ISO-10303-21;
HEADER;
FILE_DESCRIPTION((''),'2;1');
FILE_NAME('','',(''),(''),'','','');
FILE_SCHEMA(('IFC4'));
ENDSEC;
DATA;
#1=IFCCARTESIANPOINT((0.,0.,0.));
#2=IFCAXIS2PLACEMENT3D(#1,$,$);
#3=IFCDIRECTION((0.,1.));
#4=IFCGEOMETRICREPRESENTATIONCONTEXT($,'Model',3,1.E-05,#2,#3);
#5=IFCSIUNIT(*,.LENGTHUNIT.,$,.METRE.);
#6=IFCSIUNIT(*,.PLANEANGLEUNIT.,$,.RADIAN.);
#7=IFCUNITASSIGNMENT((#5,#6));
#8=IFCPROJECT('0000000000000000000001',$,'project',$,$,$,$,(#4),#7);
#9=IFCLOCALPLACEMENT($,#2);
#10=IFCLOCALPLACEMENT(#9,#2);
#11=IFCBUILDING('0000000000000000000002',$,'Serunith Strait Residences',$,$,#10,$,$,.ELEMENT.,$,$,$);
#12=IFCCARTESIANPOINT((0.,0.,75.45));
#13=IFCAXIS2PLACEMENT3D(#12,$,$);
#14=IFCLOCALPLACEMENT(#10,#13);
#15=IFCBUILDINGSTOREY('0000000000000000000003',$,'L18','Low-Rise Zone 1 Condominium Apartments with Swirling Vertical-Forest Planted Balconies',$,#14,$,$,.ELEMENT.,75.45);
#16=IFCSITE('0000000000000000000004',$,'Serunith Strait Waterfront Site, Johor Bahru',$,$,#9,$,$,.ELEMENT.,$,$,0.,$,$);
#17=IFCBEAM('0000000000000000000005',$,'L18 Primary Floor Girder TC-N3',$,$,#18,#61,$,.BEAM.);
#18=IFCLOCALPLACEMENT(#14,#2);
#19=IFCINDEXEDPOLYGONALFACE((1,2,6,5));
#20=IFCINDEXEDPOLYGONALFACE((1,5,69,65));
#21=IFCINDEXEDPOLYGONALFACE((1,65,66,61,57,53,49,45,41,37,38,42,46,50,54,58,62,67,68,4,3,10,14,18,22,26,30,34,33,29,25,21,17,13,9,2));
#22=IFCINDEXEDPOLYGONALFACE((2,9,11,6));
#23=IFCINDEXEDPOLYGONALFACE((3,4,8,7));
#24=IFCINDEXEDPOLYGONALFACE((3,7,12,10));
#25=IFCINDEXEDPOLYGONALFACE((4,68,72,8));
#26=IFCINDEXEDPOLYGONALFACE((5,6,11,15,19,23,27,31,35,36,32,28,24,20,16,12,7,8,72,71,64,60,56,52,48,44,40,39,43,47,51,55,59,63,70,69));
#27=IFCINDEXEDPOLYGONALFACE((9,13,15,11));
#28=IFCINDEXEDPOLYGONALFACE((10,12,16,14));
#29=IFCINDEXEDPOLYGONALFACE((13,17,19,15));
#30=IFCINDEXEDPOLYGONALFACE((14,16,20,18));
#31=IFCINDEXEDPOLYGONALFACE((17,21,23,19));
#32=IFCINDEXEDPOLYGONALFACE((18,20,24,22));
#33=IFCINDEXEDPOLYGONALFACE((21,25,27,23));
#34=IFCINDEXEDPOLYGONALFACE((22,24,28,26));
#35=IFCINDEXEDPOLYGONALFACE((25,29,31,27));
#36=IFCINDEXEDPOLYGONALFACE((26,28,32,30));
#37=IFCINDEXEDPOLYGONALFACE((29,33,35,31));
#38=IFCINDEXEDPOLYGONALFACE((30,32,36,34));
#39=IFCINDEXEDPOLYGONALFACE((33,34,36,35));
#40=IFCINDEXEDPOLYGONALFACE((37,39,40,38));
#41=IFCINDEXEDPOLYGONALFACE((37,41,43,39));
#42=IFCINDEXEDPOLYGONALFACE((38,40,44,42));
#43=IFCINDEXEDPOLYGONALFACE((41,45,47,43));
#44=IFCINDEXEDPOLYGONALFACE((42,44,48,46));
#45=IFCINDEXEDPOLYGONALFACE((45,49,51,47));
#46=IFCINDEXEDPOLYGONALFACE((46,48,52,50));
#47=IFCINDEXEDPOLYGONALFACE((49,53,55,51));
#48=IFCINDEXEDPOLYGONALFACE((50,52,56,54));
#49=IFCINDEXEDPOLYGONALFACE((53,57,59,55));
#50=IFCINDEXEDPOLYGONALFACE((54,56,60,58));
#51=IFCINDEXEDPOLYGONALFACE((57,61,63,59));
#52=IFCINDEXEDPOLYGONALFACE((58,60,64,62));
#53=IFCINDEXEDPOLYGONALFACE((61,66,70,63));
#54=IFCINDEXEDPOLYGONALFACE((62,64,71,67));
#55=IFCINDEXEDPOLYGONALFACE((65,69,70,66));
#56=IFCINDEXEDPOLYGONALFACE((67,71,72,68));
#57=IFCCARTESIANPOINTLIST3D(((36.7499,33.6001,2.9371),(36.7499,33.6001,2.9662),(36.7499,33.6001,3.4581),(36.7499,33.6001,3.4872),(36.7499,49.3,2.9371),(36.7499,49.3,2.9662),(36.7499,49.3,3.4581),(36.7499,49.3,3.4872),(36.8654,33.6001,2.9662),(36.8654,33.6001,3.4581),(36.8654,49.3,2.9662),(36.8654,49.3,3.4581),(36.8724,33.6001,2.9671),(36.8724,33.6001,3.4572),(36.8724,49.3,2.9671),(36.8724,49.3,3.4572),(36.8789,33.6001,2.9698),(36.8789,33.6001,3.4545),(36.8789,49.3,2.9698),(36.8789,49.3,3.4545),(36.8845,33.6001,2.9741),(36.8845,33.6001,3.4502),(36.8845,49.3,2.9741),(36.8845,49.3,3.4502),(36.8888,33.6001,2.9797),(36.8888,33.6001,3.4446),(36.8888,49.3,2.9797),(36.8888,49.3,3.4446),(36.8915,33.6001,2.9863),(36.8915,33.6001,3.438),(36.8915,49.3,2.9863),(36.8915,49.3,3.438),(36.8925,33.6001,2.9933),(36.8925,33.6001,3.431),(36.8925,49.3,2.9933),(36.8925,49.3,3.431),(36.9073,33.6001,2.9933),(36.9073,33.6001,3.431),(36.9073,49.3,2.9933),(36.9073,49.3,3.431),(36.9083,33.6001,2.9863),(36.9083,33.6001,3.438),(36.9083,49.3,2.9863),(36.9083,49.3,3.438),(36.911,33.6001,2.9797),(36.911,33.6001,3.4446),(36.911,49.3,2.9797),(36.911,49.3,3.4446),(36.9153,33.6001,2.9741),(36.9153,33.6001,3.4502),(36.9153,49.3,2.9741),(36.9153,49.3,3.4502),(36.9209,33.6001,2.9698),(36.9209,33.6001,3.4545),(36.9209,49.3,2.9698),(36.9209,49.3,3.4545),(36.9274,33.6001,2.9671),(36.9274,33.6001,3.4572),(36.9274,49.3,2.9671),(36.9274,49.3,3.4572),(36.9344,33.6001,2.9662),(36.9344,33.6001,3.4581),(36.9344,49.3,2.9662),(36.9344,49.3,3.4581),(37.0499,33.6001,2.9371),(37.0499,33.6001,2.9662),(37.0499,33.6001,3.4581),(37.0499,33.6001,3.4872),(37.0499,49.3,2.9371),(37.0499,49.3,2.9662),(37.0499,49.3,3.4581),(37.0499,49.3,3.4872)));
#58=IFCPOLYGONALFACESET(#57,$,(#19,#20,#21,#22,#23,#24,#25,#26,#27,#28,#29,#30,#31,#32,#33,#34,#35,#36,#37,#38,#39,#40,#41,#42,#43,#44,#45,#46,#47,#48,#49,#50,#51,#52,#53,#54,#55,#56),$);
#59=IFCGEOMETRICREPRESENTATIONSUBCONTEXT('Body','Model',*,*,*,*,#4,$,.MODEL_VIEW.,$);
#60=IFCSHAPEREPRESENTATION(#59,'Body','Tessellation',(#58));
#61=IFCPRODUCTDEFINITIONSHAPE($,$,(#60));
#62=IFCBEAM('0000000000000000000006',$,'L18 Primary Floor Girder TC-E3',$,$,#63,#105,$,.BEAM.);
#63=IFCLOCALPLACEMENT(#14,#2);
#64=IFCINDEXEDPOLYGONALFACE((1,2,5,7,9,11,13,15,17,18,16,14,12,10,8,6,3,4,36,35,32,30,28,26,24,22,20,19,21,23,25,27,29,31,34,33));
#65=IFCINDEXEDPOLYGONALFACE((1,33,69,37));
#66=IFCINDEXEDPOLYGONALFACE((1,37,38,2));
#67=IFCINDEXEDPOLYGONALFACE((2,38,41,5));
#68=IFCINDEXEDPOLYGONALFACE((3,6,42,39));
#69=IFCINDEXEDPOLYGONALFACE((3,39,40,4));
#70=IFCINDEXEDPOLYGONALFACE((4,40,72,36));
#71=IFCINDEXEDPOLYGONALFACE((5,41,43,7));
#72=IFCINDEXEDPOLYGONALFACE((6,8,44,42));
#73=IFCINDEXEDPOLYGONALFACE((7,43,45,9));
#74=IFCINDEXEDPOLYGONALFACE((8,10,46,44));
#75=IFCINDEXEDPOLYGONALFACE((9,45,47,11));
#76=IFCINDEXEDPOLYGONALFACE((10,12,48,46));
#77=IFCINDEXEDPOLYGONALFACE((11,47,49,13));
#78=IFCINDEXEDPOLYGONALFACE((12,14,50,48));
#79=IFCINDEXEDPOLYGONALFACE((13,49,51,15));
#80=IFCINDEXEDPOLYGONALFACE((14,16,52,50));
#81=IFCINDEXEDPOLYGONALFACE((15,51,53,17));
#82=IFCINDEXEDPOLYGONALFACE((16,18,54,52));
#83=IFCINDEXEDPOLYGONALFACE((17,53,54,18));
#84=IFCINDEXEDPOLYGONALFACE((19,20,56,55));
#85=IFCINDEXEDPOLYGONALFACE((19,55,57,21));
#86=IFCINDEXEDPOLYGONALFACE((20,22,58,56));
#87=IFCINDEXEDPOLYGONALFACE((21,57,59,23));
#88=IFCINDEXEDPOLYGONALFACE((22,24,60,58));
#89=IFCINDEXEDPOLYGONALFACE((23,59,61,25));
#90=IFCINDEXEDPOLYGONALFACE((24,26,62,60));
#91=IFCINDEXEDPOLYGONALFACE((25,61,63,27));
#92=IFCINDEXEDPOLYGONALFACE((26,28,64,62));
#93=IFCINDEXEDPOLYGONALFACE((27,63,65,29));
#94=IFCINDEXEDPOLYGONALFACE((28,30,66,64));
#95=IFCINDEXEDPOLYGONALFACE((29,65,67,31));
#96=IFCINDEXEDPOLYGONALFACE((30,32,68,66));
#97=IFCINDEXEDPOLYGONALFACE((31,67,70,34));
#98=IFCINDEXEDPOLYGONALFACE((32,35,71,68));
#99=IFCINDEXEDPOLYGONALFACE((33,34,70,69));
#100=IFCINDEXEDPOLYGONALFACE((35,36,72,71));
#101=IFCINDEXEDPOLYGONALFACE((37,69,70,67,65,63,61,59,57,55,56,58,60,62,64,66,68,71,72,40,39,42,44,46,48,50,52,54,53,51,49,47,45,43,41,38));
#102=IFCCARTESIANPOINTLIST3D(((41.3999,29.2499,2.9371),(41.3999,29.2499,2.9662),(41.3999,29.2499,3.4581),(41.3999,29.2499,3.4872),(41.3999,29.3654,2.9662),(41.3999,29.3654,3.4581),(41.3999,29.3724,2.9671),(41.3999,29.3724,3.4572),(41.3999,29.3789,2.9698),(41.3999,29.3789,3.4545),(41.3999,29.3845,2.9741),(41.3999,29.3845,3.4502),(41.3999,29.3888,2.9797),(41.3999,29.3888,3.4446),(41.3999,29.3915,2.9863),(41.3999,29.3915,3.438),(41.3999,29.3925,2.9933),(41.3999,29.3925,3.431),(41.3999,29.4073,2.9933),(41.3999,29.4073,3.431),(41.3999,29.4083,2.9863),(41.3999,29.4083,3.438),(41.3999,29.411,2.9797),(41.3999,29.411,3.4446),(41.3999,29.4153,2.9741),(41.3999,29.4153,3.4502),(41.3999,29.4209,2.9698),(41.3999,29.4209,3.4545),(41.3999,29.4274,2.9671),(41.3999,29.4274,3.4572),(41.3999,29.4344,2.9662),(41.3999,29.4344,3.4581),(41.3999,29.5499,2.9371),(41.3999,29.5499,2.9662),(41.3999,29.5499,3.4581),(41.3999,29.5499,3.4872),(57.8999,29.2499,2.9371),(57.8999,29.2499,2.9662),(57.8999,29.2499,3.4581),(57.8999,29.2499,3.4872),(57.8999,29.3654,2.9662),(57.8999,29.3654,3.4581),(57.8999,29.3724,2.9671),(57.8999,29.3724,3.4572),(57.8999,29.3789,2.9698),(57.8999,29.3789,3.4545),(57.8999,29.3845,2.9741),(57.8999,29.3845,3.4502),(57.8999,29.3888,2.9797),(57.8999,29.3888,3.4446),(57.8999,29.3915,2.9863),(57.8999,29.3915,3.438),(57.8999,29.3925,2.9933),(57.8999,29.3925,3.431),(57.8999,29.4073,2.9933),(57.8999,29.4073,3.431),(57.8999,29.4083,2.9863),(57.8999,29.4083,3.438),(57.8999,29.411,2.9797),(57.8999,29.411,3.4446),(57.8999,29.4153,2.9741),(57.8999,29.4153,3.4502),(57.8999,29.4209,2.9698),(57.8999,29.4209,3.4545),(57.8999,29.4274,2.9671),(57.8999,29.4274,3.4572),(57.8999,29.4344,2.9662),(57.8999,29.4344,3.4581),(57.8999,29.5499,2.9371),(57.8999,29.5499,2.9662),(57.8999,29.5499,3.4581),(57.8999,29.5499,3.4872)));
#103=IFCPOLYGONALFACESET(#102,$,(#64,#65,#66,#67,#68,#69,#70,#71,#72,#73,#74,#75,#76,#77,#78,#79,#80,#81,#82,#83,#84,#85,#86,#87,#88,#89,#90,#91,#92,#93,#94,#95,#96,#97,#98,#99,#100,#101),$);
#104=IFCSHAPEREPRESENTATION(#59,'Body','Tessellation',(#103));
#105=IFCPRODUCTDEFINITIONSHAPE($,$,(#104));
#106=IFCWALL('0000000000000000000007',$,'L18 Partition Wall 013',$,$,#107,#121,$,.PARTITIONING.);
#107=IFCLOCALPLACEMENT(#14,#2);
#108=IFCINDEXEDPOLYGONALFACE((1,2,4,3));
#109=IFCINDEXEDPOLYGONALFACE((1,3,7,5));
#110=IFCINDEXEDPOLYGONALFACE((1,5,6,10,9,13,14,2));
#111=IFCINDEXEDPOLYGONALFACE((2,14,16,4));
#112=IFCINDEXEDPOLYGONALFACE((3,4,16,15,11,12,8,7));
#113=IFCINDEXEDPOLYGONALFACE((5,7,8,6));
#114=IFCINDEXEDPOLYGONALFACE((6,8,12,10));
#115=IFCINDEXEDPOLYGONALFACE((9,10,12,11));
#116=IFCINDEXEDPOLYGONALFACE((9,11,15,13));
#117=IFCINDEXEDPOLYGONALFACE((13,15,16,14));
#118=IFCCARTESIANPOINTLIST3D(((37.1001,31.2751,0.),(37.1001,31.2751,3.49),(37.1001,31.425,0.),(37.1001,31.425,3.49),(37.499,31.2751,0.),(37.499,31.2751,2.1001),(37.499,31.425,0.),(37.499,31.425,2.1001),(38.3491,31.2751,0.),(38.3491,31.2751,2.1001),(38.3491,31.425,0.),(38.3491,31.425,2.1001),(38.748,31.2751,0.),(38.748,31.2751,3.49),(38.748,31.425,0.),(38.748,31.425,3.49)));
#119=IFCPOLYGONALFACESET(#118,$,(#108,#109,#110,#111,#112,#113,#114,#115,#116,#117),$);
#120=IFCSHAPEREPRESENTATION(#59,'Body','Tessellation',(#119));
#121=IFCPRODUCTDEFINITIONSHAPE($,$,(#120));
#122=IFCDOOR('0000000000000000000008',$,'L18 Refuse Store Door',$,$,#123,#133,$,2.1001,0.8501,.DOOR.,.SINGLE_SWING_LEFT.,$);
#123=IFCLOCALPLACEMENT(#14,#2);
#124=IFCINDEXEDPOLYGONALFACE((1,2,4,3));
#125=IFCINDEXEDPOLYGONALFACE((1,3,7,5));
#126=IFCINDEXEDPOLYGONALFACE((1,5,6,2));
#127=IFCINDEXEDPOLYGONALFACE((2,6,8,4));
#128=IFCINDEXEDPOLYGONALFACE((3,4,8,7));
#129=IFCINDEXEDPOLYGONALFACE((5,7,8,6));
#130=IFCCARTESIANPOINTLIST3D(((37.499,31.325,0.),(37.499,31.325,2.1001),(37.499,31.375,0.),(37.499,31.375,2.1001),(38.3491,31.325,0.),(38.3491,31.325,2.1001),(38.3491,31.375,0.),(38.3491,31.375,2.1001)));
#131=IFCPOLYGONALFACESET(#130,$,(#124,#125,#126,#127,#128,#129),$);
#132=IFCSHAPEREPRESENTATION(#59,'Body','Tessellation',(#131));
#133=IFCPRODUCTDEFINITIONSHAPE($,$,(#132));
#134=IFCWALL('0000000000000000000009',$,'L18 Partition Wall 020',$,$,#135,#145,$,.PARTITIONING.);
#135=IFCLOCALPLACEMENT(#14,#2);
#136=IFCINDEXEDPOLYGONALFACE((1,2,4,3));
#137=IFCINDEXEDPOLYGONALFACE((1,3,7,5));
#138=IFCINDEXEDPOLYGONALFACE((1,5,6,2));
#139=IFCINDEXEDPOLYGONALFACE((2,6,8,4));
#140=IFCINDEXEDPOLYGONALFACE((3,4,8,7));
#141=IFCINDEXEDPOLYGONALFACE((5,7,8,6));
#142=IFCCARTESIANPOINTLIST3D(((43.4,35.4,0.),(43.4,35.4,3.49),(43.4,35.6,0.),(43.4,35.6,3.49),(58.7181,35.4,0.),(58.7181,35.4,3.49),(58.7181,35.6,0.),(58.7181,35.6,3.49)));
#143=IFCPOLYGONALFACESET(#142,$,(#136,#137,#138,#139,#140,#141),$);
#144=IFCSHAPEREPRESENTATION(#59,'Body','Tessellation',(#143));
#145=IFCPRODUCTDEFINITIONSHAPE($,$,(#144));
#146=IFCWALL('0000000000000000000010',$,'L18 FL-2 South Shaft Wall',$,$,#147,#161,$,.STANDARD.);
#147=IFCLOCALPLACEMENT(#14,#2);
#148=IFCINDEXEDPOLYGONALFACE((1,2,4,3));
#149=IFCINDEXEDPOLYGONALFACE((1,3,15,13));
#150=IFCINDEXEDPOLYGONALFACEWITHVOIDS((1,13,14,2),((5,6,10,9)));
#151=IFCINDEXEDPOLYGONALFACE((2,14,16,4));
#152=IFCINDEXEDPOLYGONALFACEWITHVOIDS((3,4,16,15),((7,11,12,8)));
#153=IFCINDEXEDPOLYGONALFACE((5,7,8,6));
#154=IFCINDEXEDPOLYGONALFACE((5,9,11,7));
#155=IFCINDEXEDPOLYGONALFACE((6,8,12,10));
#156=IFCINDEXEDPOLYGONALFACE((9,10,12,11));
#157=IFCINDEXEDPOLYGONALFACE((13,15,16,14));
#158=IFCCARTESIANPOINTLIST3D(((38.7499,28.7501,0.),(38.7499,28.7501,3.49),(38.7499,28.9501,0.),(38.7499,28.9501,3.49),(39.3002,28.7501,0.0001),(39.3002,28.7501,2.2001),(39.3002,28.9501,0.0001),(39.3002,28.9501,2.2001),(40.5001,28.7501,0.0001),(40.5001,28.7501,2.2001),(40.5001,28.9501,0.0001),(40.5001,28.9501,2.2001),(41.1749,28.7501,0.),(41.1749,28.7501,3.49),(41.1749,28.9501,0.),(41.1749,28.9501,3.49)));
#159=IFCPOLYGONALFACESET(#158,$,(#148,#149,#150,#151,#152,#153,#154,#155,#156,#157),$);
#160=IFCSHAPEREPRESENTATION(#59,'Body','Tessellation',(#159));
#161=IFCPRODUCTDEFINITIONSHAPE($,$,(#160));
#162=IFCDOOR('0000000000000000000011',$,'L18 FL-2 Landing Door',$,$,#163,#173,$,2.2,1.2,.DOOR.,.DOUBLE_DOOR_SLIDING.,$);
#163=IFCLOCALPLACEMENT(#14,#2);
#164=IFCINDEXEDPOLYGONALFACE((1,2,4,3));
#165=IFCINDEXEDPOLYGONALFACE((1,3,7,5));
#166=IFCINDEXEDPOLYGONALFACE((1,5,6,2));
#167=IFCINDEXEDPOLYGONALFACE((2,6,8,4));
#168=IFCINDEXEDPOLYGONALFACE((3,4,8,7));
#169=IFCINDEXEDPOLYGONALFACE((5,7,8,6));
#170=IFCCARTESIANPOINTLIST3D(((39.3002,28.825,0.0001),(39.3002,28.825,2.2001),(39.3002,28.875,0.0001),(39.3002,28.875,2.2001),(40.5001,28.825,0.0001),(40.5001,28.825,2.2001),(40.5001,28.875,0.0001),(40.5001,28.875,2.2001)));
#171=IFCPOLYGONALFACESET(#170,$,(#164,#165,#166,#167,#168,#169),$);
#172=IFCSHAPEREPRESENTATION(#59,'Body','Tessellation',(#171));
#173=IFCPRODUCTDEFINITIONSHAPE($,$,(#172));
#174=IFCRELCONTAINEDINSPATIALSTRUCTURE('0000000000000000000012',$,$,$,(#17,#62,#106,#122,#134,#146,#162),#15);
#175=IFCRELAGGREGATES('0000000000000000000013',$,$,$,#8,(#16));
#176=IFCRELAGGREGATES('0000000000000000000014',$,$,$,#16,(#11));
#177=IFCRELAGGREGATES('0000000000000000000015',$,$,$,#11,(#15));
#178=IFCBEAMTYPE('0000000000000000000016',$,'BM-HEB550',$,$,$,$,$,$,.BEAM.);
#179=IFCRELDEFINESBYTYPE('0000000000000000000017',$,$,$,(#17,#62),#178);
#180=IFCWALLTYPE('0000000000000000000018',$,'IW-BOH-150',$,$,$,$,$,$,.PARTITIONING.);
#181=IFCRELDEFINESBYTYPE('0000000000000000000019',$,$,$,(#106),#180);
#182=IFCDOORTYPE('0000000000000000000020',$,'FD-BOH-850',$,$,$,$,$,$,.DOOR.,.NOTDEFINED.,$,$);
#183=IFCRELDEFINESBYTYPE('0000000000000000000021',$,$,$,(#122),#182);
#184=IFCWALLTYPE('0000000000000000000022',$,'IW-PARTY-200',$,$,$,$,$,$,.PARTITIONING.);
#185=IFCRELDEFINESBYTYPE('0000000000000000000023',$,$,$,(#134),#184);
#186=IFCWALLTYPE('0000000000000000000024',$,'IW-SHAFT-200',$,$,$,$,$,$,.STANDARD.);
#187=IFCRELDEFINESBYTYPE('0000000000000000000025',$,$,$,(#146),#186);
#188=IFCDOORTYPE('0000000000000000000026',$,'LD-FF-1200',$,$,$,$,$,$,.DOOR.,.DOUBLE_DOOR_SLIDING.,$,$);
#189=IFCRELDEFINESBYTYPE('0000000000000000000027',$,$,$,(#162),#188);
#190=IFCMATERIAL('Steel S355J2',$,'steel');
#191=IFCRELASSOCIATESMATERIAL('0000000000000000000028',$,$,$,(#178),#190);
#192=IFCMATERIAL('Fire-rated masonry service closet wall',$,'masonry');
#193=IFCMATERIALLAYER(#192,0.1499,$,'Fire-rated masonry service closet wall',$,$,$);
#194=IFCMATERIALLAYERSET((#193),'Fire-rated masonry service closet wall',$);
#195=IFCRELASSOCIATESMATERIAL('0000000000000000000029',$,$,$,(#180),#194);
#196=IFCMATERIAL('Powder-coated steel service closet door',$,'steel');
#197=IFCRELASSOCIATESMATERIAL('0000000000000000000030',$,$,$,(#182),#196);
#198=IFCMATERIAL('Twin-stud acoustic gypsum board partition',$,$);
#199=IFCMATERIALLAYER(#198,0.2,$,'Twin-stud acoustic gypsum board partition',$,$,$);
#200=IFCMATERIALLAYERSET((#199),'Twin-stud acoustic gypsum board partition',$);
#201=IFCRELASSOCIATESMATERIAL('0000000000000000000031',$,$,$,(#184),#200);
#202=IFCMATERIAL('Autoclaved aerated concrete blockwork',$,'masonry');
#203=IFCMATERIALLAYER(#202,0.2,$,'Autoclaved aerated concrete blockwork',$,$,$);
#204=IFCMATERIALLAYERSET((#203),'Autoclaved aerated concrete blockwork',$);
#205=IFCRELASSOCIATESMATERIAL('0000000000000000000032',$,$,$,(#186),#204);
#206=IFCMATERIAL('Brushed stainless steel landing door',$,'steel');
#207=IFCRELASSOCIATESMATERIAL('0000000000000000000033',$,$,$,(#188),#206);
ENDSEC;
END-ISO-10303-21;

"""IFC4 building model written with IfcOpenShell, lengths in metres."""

from ifc_helpers import new_model, si_unit, direction, frame, frame_2d, origin, origin_2d, place, context, subcontext, project, spatial, rectangle, i_section, extrude, source, transform, mapped, material, layer, layer_set, material_profile, profile_set, type_object, element, fill, save


model = new_model("IFC4")

# Units and contexts
model_context = context("Model", 3, precision=1e-05, world=origin(), true_north=direction((0.0, 1.0)))
body_context = subcontext(model_context, "Body", "Model", "MODEL_VIEW")
ifc_project = project(units=[si_unit("LENGTHUNIT", "METRE"), si_unit("PLANEANGLEUNIT", "RADIAN")], contexts=[model_context])

# Site, building, storey
site_placement = place(None, origin())
site = spatial("IfcSite", under=ifc_project, at=site_placement, Name="Serunith Strait Waterfront Site, Johor Bahru", CompositionType="ELEMENT", RefElevation=0.0)
building_placement = place(site_placement, origin())
building = spatial("IfcBuilding", under=site, at=building_placement, Name="Serunith Strait Residences", CompositionType="ELEMENT")
storey_placement = place(building_placement, frame((0.0, 0.0, 75.45)))
storey = spatial("IfcBuildingStorey", under=building, at=storey_placement, Name="L18", Description="Low-Rise Zone 1 Condominium Apartments with Swirling Vertical-Forest Planted Balconies", CompositionType="ELEMENT", Elevation=75.45)

# Beams
ifc_material_1 = material(Name="Steel S355J2", Category="steel")
ifc_material_profile = material_profile(ifc_material_1, i_section(OverallWidth=0.3, OverallDepth=0.55, WebThickness=0.0149, FlangeThickness=0.0291, FilletRadius=0.0271, at=origin_2d()), Name="HEB 550")
ifc_profile_set = profile_set([ifc_material_profile], Name="Steel S355J2")
beam_type = type_object("IfcBeamType", Name="BM-HEB550", PredefinedType="BEAM", material=ifc_profile_set)
shared_shape_1 = source(origin(), body_context, "Body", "SweptSolid", [
    extrude(i_section(OverallWidth=0.3, OverallDepth=0.55, WebThickness=0.0149, FlangeThickness=0.0291, FilletRadius=0.0271, at=origin_2d()), origin(), (0.0, 0.0, 1.0), 15.7),
])
beam_1_placement = place(storey_placement, frame((36.8999, 33.6001, 3.2122), z_axis=(0.0, 1.0, 0.0), x_axis=(-1.0, 0.0, 0.0)))
element("IfcBeam", 1, at=beam_1_placement, inside=storey, type_object=beam_type, Name="L18 Primary Floor Girder TC-N3", PredefinedType="BEAM", context=body_context, shape_type="MappedRepresentation", body=[
    mapped(shared_shape_1, transform((0.0, 0.0, 0.0), scale=1.0)),
])
shared_shape_2 = source(origin(), body_context, "Body", "SweptSolid", [
    extrude(i_section(OverallWidth=0.3, OverallDepth=0.55, WebThickness=0.0149, FlangeThickness=0.0291, FilletRadius=0.0271, at=origin_2d()), origin(), (0.0, 0.0, 1.0), 16.5),
])
beam_2_placement = place(storey_placement, frame((41.3999, 29.3999, 3.2122), z_axis=(1.0, 0.0, 0.0), x_axis=(0.0, 1.0, 0.0)))
element("IfcBeam", 2, at=beam_2_placement, inside=storey, type_object=beam_type, Name="L18 Primary Floor Girder TC-E3", PredefinedType="BEAM", context=body_context, shape_type="MappedRepresentation", body=[
    mapped(shared_shape_2, transform((0.0, 0.0, 0.0), scale=1.0)),
])

# Wall, opening, door
ifc_material_2 = material(Name="Fire-rated masonry service closet wall", Category="masonry")
ifc_layer_1 = layer(ifc_material_2, 0.1499, Name="Fire-rated masonry service closet wall")
ifc_layer_set_1 = layer_set([ifc_layer_1], Name="Fire-rated masonry service closet wall")
wall_type_1 = type_object("IfcWallType", Name="IW-BOH-150", PredefinedType="PARTITIONING", material=ifc_layer_set_1)
wall_1_placement = place(storey_placement, frame((37.1001, 31.3501, 0.0), z_axis=(0.0, 0.0, 1.0), x_axis=(1.0, 0.0, 0.0)))
wall_1 = element("IfcWall", 3, at=wall_1_placement, inside=storey, type_object=wall_type_1, Name="L18 Partition Wall 013", PredefinedType="PARTITIONING", context=body_context, shape_type="SweptSolid", body=[
    extrude(rectangle(XDim=1.6479, YDim=0.1499, at=frame_2d((0.824, 0.0))), origin(), (0.0, 0.0, 1.0), 3.49),
])
opening_1_placement = place(wall_1_placement, frame((0.3989, 0.0, 0.0)))
opening_1 = element("IfcOpeningElement", 4, at=opening_1_placement, cuts=wall_1, PredefinedType="OPENING", context=body_context, shape_type="SweptSolid", body=[
    extrude(rectangle(XDim=0.8501, YDim=2.1001, at=frame_2d((0.425, 1.05))), frame((0.0, 0.085, 0.0), z_axis=(0.0, -1.0, 0.0), x_axis=(1.0, 0.0, 0.0)), (0.0, 0.0, 1.0), 0.1699),
])
ifc_material_3 = material(Name="Powder-coated steel service closet door", Category="steel")
door_type_1 = type_object("IfcDoorType", Name="FD-BOH-850", OperationType="NOTDEFINED", PredefinedType="DOOR", material=ifc_material_3)
shared_shape_3 = source(origin(), body_context, "Body", "SweptSolid", [
    extrude(rectangle(XDim=0.8501, YDim=2.1001, at=frame_2d((0.425, 1.05))), frame((0.0, 0.0249, 0.0), z_axis=(0.0, -1.0, 0.0), x_axis=(1.0, 0.0, 0.0)), (0.0, 0.0, 1.0), 0.05),
])
door_1_placement = place(opening_1_placement, origin())
door_1 = element("IfcDoor", 5, at=door_1_placement, inside=storey, type_object=door_type_1, Name="L18 Refuse Store Door", OperationType="SINGLE_SWING_LEFT", OverallHeight=2.1001, OverallWidth=0.8501, PredefinedType="DOOR", context=body_context, shape_type="MappedRepresentation", body=[
    mapped(shared_shape_3, transform((0.0, 0.0, 0.0), scale=1.0)),
])
fill(opening_1, door_1)

# Wall
ifc_material_4 = material(Name="Twin-stud acoustic gypsum board partition")
ifc_layer_2 = layer(ifc_material_4, 0.2, Name="Twin-stud acoustic gypsum board partition")
ifc_layer_set_2 = layer_set([ifc_layer_2], Name="Twin-stud acoustic gypsum board partition")
wall_type_2 = type_object("IfcWallType", Name="IW-PARTY-200", PredefinedType="PARTITIONING", material=ifc_layer_set_2)
wall_2_placement = place(storey_placement, frame((43.3999, 35.5, 0.0), z_axis=(0.0, 0.0, 1.0), x_axis=(1.0, 0.0, 0.0)))
element("IfcWall", 6, at=wall_2_placement, inside=storey, type_object=wall_type_2, Name="L18 Partition Wall 020", PredefinedType="PARTITIONING", context=body_context, shape_type="SweptSolid", body=[
    extrude(rectangle(XDim=15.3181, YDim=0.2, at=frame_2d((7.6592, 0.0))), origin(), (0.0, 0.0, 1.0), 3.49),
])

# Wall, opening, door
ifc_material_5 = material(Name="Autoclaved aerated concrete blockwork", Category="masonry")
ifc_layer_3 = layer(ifc_material_5, 0.2, Name="Autoclaved aerated concrete blockwork")
ifc_layer_set_3 = layer_set([ifc_layer_3], Name="Autoclaved aerated concrete blockwork")
wall_type_3 = type_object("IfcWallType", Name="IW-SHAFT-200", PredefinedType="STANDARD", material=ifc_layer_set_3)
wall_3_placement = place(storey_placement, frame((38.75, 28.8501, 0.0), z_axis=(0.0, 0.0, 1.0), x_axis=(1.0, 0.0, 0.0)))
wall_3 = element("IfcWall", 7, at=wall_3_placement, inside=storey, type_object=wall_type_3, Name="L18 FL-2 South Shaft Wall", PredefinedType="STANDARD", context=body_context, shape_type="SweptSolid", body=[
    extrude(rectangle(XDim=2.425, YDim=0.2, at=frame_2d((1.2124, 0.0))), origin(), (0.0, 0.0, 1.0), 3.49),
])
opening_2_placement = place(wall_3_placement, frame((0.55, 0.0, 0.0)))
opening_2 = element("IfcOpeningElement", 8, at=opening_2_placement, cuts=wall_3, PredefinedType="OPENING", context=body_context, shape_type="SweptSolid", body=[
    extrude(rectangle(XDim=1.2, YDim=2.2, at=frame_2d((0.6001, 1.1001))), frame((0.0, 0.1099, 0.0), z_axis=(0.0, -1.0, 0.0), x_axis=(1.0, 0.0, 0.0)), (0.0, 0.0, 1.0), 0.22),
])
ifc_material_6 = material(Name="Brushed stainless steel landing door", Category="steel")
door_type_2 = type_object("IfcDoorType", Name="LD-FF-1200", OperationType="DOUBLE_DOOR_SLIDING", PredefinedType="DOOR", material=ifc_material_6)
shared_shape_4 = source(origin(), body_context, "Body", "SweptSolid", [
    extrude(rectangle(XDim=1.2, YDim=2.2, at=frame_2d((0.6001, 1.1001))), frame((0.0, 0.0249, 0.0), z_axis=(0.0, -1.0, 0.0), x_axis=(1.0, 0.0, 0.0)), (0.0, 0.0, 1.0), 0.05),
])
door_2_placement = place(opening_2_placement, origin())
door_2 = element("IfcDoor", 9, at=door_2_placement, inside=storey, type_object=door_type_2, Name="L18 FL-2 Landing Door", OperationType="DOUBLE_DOOR_SLIDING", OverallHeight=2.2, OverallWidth=1.2, PredefinedType="DOOR", context=body_context, shape_type="MappedRepresentation", body=[
    mapped(shared_shape_4, transform((0.0, 0.0, 0.0), scale=1.0)),
])
fill(opening_2, door_2)

save(model, "model.ifc")
